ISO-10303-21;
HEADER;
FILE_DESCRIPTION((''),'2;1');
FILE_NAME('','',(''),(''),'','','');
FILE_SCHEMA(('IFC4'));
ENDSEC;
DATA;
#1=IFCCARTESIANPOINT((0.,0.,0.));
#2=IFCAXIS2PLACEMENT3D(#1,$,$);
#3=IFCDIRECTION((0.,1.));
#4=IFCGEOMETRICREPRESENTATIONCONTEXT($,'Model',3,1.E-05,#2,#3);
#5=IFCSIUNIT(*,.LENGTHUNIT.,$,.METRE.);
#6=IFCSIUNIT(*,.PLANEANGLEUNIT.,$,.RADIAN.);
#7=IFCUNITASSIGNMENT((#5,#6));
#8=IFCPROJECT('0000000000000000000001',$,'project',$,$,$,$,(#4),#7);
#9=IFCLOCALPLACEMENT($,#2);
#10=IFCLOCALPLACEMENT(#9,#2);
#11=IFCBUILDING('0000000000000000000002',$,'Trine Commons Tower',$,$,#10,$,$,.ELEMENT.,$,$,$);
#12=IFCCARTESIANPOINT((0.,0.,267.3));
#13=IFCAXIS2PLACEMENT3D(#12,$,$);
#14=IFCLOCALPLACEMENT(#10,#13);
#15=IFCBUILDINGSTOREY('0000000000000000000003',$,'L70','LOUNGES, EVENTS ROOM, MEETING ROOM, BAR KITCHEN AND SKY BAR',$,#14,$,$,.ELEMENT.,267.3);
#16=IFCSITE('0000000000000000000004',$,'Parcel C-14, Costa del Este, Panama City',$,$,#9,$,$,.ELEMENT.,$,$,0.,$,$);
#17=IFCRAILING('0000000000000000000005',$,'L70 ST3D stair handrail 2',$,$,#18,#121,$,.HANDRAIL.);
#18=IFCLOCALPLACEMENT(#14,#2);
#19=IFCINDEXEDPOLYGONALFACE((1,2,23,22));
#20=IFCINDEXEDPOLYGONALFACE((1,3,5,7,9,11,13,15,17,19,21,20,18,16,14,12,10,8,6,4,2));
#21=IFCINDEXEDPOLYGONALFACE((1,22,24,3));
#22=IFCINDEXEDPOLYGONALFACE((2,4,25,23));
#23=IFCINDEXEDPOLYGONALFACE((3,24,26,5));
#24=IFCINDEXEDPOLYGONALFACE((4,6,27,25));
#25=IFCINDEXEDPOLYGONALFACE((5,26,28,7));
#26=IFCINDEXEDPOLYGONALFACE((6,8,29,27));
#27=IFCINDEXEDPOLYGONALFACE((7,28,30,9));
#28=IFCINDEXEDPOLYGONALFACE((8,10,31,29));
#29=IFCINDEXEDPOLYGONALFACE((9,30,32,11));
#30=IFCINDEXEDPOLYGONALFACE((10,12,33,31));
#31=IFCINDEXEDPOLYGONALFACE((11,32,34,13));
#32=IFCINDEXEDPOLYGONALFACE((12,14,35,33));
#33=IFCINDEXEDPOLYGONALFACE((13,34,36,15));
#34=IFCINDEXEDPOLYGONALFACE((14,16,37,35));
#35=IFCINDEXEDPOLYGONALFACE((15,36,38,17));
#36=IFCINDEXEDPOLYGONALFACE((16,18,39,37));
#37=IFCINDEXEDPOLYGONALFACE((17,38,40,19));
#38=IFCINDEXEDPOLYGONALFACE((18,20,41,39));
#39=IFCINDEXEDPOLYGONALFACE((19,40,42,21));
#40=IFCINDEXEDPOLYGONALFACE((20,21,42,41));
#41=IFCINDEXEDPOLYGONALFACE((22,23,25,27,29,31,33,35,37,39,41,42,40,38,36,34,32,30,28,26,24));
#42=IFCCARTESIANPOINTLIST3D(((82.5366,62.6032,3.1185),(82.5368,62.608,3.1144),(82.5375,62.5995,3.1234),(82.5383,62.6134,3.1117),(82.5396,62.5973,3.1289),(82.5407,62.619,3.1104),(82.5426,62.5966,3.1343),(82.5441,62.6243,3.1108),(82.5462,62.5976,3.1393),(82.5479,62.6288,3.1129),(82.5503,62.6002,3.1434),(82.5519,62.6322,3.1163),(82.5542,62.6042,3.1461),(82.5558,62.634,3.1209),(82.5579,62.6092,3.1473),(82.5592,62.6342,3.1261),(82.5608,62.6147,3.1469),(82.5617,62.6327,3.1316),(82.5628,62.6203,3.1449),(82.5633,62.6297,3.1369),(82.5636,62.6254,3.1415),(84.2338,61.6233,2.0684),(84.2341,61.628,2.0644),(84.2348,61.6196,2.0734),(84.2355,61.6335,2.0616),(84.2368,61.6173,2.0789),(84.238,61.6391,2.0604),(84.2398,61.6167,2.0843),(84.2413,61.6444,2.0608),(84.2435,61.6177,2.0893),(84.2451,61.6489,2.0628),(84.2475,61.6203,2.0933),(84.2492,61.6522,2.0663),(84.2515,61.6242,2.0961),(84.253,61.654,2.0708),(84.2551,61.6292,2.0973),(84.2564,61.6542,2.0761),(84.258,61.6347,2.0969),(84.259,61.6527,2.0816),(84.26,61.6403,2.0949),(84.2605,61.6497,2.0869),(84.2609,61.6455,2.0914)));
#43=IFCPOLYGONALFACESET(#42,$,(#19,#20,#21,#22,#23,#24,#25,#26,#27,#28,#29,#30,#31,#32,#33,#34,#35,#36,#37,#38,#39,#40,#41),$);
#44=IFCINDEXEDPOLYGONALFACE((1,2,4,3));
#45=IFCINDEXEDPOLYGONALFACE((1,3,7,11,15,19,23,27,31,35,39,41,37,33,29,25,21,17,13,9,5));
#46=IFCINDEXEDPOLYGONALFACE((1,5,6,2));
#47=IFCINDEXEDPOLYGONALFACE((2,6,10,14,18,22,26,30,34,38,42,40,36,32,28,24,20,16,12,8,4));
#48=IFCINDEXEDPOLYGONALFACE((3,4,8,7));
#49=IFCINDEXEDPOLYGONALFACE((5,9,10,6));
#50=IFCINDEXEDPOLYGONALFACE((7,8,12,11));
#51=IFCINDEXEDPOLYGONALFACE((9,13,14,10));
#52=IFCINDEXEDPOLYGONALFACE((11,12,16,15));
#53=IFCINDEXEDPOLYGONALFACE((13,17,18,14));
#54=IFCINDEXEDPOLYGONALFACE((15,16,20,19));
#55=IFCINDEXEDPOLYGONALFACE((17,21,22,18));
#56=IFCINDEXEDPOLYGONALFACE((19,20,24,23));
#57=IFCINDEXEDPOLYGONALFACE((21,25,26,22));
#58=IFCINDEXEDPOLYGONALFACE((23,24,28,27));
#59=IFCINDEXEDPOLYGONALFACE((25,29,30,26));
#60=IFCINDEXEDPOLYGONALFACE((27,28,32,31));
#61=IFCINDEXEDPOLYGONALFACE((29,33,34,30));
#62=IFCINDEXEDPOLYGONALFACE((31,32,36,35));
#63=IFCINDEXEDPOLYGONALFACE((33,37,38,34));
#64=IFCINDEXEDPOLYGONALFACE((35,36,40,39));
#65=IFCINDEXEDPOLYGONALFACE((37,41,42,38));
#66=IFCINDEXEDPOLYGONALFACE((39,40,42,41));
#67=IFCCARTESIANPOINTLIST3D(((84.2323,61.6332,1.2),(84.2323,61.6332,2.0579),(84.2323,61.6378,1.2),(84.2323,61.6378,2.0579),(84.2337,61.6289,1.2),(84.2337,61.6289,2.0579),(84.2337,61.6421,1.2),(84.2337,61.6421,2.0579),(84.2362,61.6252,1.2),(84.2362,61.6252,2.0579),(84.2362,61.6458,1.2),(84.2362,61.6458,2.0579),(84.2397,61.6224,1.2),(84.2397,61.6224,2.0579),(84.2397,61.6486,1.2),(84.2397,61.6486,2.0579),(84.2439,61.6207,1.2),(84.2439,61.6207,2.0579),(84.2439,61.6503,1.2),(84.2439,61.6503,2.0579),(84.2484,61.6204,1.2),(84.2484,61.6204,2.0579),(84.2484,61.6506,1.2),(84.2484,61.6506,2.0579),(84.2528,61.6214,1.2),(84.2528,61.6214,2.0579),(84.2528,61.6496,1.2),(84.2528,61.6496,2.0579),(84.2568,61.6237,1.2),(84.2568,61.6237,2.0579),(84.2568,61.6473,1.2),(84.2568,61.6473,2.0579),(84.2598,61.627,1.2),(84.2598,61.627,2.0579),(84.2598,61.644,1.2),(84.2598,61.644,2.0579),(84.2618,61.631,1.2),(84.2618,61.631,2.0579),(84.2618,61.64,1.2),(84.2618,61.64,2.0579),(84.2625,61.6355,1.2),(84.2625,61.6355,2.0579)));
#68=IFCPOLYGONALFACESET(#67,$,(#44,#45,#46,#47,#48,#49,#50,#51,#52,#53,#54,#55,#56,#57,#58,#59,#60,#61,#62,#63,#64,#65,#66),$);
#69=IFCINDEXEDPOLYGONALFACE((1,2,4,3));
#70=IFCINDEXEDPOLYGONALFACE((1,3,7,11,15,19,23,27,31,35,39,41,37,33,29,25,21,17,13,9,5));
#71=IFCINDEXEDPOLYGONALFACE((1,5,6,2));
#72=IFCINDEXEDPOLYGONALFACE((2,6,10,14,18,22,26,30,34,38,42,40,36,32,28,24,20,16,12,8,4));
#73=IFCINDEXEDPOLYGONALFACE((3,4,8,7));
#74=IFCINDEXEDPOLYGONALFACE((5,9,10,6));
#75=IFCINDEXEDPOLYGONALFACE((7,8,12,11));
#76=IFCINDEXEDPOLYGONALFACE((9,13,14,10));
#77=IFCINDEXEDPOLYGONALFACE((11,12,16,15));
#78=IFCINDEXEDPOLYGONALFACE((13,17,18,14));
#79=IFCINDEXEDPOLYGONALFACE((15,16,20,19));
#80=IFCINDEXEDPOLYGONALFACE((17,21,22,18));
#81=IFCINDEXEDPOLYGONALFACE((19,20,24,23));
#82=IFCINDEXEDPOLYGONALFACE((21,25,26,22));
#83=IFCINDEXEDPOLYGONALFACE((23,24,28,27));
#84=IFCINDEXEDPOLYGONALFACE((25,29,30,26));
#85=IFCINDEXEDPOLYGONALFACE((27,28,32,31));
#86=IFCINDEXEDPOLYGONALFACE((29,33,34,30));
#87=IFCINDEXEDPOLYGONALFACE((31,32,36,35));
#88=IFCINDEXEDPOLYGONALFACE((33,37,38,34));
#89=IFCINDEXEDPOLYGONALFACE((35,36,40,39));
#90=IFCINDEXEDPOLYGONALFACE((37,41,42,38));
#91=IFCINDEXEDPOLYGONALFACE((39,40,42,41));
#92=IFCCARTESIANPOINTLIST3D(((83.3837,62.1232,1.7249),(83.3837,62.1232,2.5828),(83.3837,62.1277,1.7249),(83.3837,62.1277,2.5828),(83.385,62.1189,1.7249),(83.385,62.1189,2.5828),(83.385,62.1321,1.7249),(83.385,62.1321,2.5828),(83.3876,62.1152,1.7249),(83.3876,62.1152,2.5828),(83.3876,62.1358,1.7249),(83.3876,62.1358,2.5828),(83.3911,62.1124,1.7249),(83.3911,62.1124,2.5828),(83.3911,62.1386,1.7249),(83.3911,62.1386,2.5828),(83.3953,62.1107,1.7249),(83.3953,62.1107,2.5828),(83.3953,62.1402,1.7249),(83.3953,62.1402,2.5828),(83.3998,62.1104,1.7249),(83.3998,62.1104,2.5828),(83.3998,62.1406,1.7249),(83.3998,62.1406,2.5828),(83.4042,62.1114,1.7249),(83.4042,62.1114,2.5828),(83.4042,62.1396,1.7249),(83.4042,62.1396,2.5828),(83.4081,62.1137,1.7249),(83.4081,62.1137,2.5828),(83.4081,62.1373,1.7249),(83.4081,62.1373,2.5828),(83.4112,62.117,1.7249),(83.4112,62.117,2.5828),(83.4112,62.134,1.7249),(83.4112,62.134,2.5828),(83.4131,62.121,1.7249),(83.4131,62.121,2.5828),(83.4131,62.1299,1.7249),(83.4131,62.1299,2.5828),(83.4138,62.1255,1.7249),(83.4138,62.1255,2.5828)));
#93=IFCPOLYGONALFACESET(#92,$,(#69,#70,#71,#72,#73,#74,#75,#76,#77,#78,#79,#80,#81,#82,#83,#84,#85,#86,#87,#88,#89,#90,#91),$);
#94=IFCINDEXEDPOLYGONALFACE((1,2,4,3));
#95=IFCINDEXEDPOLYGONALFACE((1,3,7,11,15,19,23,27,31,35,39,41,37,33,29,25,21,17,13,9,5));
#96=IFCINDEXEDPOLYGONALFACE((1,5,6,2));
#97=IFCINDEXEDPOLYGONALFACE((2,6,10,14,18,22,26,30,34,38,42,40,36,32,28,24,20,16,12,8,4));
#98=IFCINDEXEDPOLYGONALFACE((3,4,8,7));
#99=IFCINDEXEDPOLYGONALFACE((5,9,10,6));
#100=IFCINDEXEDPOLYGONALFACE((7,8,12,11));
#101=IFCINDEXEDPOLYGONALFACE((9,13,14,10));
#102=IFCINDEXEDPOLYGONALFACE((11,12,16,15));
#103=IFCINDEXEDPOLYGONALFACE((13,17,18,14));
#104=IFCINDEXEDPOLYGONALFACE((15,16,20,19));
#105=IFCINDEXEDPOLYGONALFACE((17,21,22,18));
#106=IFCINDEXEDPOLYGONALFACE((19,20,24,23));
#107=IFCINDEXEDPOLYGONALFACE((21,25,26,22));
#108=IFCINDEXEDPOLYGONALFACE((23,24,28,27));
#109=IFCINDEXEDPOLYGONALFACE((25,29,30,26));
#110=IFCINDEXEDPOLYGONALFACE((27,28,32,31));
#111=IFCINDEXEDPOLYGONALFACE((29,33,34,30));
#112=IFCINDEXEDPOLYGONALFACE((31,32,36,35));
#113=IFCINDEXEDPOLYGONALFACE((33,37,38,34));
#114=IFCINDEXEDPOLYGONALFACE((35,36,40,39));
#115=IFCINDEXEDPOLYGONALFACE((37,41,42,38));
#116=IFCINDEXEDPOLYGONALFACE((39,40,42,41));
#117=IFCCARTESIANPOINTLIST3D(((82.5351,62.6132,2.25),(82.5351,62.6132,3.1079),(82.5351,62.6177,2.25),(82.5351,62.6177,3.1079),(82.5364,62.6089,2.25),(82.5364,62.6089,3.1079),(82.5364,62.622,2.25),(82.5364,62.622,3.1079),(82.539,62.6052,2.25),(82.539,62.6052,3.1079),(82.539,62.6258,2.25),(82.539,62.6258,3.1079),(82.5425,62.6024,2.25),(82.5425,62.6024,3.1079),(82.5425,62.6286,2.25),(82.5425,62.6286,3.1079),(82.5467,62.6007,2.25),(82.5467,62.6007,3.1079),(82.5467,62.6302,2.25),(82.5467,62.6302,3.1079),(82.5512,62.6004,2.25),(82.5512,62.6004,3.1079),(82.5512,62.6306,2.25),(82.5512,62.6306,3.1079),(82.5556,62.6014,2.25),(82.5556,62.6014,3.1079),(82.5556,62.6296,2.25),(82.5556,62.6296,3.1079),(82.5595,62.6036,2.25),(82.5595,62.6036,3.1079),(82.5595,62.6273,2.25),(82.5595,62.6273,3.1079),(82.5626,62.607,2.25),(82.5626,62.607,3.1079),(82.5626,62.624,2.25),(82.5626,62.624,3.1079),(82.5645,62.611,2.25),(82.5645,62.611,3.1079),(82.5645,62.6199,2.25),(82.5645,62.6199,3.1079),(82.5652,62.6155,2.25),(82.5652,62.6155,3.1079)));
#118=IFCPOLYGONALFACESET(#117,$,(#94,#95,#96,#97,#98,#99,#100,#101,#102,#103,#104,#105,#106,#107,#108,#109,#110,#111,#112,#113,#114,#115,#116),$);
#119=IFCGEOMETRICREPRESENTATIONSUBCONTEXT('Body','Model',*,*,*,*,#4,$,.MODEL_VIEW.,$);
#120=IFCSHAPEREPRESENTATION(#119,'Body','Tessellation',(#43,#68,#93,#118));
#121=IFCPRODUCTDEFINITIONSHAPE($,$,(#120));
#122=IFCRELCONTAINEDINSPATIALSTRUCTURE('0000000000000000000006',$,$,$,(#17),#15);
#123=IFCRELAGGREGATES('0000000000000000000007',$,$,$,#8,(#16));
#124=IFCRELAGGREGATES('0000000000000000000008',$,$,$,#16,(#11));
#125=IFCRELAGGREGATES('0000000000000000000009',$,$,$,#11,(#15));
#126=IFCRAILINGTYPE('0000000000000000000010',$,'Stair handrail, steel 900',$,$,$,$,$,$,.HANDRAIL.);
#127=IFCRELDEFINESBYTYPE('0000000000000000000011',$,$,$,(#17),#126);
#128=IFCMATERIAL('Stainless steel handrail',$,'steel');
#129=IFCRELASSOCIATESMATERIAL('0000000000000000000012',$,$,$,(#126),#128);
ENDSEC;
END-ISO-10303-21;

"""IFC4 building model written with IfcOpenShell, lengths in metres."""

from ifc_helpers import new_model, si_unit, direction, frame, origin, origin_2d, place, context, subcontext, project, spatial, circle, extrude, material, type_object, element, save


model = new_model("IFC4")

# Units and contexts
model_context = context("Model", 3, precision=1e-05, world=origin(), true_north=direction((0.0, 1.0)))
body_context = subcontext(model_context, "Body", "Model", "MODEL_VIEW")
ifc_project = project(units=[si_unit("LENGTHUNIT", "METRE"), si_unit("PLANEANGLEUNIT", "RADIAN")], contexts=[model_context])

# Site, building, storey
site_placement = place(None, origin())
site = spatial("IfcSite", under=ifc_project, at=site_placement, Name="Parcel C-14, Costa del Este, Panama City", CompositionType="ELEMENT", RefElevation=0.0)
building_placement = place(site_placement, origin())
building = spatial("IfcBuilding", under=site, at=building_placement, Name="Trine Commons Tower", CompositionType="ELEMENT")
storey_placement = place(building_placement, frame((0.0, 0.0, 267.3)))
storey = spatial("IfcBuildingStorey", under=building, at=storey_placement, Name="L70", Description="LOUNGES, EVENTS ROOM, MEETING ROOM, BAR KITCHEN AND SKY BAR", CompositionType="ELEMENT", Elevation=267.3)

# Railing
ifc_material_1 = material(Name="Stainless steel handrail", Category="steel")
railing_type_1 = type_object("IfcRailingType", Name="Stair handrail, steel 900", PredefinedType="HANDRAIL", material=ifc_material_1)
railing_1_placement = place(storey_placement, frame((84.2473, 61.6355, 1.2)))
element("IfcRailing", 1, at=railing_1_placement, inside=storey, type_object=railing_type_1, Name="L70 ST3D stair handrail 2", PredefinedType="HANDRAIL", context=body_context, shape_type="SweptSolid", body=[
    extrude(circle(Radius=0.021, at=origin_2d()), frame((0.0, 0.0, 0.8789), z_axis=(-0.763352, 0.44075, 0.472264), x_axis=(-0.500024, -0.866011, 0.0)), (0.0, 0.0, 1.0), 2.2234),
    extrude(circle(Radius=0.0151, at=origin_2d()), origin(), (0.0, 0.0, 1.0), 0.8579),
    extrude(circle(Radius=0.0151, at=origin_2d()), frame((-0.8486, 0.49, 0.5249)), (0.0, 0.0, 1.0), 0.8579),
    extrude(circle(Radius=0.0151, at=origin_2d()), frame((-1.6973, 0.98, 1.05)), (0.0, 0.0, 1.0), 0.8579),
])

save(model, "model.ifc")
